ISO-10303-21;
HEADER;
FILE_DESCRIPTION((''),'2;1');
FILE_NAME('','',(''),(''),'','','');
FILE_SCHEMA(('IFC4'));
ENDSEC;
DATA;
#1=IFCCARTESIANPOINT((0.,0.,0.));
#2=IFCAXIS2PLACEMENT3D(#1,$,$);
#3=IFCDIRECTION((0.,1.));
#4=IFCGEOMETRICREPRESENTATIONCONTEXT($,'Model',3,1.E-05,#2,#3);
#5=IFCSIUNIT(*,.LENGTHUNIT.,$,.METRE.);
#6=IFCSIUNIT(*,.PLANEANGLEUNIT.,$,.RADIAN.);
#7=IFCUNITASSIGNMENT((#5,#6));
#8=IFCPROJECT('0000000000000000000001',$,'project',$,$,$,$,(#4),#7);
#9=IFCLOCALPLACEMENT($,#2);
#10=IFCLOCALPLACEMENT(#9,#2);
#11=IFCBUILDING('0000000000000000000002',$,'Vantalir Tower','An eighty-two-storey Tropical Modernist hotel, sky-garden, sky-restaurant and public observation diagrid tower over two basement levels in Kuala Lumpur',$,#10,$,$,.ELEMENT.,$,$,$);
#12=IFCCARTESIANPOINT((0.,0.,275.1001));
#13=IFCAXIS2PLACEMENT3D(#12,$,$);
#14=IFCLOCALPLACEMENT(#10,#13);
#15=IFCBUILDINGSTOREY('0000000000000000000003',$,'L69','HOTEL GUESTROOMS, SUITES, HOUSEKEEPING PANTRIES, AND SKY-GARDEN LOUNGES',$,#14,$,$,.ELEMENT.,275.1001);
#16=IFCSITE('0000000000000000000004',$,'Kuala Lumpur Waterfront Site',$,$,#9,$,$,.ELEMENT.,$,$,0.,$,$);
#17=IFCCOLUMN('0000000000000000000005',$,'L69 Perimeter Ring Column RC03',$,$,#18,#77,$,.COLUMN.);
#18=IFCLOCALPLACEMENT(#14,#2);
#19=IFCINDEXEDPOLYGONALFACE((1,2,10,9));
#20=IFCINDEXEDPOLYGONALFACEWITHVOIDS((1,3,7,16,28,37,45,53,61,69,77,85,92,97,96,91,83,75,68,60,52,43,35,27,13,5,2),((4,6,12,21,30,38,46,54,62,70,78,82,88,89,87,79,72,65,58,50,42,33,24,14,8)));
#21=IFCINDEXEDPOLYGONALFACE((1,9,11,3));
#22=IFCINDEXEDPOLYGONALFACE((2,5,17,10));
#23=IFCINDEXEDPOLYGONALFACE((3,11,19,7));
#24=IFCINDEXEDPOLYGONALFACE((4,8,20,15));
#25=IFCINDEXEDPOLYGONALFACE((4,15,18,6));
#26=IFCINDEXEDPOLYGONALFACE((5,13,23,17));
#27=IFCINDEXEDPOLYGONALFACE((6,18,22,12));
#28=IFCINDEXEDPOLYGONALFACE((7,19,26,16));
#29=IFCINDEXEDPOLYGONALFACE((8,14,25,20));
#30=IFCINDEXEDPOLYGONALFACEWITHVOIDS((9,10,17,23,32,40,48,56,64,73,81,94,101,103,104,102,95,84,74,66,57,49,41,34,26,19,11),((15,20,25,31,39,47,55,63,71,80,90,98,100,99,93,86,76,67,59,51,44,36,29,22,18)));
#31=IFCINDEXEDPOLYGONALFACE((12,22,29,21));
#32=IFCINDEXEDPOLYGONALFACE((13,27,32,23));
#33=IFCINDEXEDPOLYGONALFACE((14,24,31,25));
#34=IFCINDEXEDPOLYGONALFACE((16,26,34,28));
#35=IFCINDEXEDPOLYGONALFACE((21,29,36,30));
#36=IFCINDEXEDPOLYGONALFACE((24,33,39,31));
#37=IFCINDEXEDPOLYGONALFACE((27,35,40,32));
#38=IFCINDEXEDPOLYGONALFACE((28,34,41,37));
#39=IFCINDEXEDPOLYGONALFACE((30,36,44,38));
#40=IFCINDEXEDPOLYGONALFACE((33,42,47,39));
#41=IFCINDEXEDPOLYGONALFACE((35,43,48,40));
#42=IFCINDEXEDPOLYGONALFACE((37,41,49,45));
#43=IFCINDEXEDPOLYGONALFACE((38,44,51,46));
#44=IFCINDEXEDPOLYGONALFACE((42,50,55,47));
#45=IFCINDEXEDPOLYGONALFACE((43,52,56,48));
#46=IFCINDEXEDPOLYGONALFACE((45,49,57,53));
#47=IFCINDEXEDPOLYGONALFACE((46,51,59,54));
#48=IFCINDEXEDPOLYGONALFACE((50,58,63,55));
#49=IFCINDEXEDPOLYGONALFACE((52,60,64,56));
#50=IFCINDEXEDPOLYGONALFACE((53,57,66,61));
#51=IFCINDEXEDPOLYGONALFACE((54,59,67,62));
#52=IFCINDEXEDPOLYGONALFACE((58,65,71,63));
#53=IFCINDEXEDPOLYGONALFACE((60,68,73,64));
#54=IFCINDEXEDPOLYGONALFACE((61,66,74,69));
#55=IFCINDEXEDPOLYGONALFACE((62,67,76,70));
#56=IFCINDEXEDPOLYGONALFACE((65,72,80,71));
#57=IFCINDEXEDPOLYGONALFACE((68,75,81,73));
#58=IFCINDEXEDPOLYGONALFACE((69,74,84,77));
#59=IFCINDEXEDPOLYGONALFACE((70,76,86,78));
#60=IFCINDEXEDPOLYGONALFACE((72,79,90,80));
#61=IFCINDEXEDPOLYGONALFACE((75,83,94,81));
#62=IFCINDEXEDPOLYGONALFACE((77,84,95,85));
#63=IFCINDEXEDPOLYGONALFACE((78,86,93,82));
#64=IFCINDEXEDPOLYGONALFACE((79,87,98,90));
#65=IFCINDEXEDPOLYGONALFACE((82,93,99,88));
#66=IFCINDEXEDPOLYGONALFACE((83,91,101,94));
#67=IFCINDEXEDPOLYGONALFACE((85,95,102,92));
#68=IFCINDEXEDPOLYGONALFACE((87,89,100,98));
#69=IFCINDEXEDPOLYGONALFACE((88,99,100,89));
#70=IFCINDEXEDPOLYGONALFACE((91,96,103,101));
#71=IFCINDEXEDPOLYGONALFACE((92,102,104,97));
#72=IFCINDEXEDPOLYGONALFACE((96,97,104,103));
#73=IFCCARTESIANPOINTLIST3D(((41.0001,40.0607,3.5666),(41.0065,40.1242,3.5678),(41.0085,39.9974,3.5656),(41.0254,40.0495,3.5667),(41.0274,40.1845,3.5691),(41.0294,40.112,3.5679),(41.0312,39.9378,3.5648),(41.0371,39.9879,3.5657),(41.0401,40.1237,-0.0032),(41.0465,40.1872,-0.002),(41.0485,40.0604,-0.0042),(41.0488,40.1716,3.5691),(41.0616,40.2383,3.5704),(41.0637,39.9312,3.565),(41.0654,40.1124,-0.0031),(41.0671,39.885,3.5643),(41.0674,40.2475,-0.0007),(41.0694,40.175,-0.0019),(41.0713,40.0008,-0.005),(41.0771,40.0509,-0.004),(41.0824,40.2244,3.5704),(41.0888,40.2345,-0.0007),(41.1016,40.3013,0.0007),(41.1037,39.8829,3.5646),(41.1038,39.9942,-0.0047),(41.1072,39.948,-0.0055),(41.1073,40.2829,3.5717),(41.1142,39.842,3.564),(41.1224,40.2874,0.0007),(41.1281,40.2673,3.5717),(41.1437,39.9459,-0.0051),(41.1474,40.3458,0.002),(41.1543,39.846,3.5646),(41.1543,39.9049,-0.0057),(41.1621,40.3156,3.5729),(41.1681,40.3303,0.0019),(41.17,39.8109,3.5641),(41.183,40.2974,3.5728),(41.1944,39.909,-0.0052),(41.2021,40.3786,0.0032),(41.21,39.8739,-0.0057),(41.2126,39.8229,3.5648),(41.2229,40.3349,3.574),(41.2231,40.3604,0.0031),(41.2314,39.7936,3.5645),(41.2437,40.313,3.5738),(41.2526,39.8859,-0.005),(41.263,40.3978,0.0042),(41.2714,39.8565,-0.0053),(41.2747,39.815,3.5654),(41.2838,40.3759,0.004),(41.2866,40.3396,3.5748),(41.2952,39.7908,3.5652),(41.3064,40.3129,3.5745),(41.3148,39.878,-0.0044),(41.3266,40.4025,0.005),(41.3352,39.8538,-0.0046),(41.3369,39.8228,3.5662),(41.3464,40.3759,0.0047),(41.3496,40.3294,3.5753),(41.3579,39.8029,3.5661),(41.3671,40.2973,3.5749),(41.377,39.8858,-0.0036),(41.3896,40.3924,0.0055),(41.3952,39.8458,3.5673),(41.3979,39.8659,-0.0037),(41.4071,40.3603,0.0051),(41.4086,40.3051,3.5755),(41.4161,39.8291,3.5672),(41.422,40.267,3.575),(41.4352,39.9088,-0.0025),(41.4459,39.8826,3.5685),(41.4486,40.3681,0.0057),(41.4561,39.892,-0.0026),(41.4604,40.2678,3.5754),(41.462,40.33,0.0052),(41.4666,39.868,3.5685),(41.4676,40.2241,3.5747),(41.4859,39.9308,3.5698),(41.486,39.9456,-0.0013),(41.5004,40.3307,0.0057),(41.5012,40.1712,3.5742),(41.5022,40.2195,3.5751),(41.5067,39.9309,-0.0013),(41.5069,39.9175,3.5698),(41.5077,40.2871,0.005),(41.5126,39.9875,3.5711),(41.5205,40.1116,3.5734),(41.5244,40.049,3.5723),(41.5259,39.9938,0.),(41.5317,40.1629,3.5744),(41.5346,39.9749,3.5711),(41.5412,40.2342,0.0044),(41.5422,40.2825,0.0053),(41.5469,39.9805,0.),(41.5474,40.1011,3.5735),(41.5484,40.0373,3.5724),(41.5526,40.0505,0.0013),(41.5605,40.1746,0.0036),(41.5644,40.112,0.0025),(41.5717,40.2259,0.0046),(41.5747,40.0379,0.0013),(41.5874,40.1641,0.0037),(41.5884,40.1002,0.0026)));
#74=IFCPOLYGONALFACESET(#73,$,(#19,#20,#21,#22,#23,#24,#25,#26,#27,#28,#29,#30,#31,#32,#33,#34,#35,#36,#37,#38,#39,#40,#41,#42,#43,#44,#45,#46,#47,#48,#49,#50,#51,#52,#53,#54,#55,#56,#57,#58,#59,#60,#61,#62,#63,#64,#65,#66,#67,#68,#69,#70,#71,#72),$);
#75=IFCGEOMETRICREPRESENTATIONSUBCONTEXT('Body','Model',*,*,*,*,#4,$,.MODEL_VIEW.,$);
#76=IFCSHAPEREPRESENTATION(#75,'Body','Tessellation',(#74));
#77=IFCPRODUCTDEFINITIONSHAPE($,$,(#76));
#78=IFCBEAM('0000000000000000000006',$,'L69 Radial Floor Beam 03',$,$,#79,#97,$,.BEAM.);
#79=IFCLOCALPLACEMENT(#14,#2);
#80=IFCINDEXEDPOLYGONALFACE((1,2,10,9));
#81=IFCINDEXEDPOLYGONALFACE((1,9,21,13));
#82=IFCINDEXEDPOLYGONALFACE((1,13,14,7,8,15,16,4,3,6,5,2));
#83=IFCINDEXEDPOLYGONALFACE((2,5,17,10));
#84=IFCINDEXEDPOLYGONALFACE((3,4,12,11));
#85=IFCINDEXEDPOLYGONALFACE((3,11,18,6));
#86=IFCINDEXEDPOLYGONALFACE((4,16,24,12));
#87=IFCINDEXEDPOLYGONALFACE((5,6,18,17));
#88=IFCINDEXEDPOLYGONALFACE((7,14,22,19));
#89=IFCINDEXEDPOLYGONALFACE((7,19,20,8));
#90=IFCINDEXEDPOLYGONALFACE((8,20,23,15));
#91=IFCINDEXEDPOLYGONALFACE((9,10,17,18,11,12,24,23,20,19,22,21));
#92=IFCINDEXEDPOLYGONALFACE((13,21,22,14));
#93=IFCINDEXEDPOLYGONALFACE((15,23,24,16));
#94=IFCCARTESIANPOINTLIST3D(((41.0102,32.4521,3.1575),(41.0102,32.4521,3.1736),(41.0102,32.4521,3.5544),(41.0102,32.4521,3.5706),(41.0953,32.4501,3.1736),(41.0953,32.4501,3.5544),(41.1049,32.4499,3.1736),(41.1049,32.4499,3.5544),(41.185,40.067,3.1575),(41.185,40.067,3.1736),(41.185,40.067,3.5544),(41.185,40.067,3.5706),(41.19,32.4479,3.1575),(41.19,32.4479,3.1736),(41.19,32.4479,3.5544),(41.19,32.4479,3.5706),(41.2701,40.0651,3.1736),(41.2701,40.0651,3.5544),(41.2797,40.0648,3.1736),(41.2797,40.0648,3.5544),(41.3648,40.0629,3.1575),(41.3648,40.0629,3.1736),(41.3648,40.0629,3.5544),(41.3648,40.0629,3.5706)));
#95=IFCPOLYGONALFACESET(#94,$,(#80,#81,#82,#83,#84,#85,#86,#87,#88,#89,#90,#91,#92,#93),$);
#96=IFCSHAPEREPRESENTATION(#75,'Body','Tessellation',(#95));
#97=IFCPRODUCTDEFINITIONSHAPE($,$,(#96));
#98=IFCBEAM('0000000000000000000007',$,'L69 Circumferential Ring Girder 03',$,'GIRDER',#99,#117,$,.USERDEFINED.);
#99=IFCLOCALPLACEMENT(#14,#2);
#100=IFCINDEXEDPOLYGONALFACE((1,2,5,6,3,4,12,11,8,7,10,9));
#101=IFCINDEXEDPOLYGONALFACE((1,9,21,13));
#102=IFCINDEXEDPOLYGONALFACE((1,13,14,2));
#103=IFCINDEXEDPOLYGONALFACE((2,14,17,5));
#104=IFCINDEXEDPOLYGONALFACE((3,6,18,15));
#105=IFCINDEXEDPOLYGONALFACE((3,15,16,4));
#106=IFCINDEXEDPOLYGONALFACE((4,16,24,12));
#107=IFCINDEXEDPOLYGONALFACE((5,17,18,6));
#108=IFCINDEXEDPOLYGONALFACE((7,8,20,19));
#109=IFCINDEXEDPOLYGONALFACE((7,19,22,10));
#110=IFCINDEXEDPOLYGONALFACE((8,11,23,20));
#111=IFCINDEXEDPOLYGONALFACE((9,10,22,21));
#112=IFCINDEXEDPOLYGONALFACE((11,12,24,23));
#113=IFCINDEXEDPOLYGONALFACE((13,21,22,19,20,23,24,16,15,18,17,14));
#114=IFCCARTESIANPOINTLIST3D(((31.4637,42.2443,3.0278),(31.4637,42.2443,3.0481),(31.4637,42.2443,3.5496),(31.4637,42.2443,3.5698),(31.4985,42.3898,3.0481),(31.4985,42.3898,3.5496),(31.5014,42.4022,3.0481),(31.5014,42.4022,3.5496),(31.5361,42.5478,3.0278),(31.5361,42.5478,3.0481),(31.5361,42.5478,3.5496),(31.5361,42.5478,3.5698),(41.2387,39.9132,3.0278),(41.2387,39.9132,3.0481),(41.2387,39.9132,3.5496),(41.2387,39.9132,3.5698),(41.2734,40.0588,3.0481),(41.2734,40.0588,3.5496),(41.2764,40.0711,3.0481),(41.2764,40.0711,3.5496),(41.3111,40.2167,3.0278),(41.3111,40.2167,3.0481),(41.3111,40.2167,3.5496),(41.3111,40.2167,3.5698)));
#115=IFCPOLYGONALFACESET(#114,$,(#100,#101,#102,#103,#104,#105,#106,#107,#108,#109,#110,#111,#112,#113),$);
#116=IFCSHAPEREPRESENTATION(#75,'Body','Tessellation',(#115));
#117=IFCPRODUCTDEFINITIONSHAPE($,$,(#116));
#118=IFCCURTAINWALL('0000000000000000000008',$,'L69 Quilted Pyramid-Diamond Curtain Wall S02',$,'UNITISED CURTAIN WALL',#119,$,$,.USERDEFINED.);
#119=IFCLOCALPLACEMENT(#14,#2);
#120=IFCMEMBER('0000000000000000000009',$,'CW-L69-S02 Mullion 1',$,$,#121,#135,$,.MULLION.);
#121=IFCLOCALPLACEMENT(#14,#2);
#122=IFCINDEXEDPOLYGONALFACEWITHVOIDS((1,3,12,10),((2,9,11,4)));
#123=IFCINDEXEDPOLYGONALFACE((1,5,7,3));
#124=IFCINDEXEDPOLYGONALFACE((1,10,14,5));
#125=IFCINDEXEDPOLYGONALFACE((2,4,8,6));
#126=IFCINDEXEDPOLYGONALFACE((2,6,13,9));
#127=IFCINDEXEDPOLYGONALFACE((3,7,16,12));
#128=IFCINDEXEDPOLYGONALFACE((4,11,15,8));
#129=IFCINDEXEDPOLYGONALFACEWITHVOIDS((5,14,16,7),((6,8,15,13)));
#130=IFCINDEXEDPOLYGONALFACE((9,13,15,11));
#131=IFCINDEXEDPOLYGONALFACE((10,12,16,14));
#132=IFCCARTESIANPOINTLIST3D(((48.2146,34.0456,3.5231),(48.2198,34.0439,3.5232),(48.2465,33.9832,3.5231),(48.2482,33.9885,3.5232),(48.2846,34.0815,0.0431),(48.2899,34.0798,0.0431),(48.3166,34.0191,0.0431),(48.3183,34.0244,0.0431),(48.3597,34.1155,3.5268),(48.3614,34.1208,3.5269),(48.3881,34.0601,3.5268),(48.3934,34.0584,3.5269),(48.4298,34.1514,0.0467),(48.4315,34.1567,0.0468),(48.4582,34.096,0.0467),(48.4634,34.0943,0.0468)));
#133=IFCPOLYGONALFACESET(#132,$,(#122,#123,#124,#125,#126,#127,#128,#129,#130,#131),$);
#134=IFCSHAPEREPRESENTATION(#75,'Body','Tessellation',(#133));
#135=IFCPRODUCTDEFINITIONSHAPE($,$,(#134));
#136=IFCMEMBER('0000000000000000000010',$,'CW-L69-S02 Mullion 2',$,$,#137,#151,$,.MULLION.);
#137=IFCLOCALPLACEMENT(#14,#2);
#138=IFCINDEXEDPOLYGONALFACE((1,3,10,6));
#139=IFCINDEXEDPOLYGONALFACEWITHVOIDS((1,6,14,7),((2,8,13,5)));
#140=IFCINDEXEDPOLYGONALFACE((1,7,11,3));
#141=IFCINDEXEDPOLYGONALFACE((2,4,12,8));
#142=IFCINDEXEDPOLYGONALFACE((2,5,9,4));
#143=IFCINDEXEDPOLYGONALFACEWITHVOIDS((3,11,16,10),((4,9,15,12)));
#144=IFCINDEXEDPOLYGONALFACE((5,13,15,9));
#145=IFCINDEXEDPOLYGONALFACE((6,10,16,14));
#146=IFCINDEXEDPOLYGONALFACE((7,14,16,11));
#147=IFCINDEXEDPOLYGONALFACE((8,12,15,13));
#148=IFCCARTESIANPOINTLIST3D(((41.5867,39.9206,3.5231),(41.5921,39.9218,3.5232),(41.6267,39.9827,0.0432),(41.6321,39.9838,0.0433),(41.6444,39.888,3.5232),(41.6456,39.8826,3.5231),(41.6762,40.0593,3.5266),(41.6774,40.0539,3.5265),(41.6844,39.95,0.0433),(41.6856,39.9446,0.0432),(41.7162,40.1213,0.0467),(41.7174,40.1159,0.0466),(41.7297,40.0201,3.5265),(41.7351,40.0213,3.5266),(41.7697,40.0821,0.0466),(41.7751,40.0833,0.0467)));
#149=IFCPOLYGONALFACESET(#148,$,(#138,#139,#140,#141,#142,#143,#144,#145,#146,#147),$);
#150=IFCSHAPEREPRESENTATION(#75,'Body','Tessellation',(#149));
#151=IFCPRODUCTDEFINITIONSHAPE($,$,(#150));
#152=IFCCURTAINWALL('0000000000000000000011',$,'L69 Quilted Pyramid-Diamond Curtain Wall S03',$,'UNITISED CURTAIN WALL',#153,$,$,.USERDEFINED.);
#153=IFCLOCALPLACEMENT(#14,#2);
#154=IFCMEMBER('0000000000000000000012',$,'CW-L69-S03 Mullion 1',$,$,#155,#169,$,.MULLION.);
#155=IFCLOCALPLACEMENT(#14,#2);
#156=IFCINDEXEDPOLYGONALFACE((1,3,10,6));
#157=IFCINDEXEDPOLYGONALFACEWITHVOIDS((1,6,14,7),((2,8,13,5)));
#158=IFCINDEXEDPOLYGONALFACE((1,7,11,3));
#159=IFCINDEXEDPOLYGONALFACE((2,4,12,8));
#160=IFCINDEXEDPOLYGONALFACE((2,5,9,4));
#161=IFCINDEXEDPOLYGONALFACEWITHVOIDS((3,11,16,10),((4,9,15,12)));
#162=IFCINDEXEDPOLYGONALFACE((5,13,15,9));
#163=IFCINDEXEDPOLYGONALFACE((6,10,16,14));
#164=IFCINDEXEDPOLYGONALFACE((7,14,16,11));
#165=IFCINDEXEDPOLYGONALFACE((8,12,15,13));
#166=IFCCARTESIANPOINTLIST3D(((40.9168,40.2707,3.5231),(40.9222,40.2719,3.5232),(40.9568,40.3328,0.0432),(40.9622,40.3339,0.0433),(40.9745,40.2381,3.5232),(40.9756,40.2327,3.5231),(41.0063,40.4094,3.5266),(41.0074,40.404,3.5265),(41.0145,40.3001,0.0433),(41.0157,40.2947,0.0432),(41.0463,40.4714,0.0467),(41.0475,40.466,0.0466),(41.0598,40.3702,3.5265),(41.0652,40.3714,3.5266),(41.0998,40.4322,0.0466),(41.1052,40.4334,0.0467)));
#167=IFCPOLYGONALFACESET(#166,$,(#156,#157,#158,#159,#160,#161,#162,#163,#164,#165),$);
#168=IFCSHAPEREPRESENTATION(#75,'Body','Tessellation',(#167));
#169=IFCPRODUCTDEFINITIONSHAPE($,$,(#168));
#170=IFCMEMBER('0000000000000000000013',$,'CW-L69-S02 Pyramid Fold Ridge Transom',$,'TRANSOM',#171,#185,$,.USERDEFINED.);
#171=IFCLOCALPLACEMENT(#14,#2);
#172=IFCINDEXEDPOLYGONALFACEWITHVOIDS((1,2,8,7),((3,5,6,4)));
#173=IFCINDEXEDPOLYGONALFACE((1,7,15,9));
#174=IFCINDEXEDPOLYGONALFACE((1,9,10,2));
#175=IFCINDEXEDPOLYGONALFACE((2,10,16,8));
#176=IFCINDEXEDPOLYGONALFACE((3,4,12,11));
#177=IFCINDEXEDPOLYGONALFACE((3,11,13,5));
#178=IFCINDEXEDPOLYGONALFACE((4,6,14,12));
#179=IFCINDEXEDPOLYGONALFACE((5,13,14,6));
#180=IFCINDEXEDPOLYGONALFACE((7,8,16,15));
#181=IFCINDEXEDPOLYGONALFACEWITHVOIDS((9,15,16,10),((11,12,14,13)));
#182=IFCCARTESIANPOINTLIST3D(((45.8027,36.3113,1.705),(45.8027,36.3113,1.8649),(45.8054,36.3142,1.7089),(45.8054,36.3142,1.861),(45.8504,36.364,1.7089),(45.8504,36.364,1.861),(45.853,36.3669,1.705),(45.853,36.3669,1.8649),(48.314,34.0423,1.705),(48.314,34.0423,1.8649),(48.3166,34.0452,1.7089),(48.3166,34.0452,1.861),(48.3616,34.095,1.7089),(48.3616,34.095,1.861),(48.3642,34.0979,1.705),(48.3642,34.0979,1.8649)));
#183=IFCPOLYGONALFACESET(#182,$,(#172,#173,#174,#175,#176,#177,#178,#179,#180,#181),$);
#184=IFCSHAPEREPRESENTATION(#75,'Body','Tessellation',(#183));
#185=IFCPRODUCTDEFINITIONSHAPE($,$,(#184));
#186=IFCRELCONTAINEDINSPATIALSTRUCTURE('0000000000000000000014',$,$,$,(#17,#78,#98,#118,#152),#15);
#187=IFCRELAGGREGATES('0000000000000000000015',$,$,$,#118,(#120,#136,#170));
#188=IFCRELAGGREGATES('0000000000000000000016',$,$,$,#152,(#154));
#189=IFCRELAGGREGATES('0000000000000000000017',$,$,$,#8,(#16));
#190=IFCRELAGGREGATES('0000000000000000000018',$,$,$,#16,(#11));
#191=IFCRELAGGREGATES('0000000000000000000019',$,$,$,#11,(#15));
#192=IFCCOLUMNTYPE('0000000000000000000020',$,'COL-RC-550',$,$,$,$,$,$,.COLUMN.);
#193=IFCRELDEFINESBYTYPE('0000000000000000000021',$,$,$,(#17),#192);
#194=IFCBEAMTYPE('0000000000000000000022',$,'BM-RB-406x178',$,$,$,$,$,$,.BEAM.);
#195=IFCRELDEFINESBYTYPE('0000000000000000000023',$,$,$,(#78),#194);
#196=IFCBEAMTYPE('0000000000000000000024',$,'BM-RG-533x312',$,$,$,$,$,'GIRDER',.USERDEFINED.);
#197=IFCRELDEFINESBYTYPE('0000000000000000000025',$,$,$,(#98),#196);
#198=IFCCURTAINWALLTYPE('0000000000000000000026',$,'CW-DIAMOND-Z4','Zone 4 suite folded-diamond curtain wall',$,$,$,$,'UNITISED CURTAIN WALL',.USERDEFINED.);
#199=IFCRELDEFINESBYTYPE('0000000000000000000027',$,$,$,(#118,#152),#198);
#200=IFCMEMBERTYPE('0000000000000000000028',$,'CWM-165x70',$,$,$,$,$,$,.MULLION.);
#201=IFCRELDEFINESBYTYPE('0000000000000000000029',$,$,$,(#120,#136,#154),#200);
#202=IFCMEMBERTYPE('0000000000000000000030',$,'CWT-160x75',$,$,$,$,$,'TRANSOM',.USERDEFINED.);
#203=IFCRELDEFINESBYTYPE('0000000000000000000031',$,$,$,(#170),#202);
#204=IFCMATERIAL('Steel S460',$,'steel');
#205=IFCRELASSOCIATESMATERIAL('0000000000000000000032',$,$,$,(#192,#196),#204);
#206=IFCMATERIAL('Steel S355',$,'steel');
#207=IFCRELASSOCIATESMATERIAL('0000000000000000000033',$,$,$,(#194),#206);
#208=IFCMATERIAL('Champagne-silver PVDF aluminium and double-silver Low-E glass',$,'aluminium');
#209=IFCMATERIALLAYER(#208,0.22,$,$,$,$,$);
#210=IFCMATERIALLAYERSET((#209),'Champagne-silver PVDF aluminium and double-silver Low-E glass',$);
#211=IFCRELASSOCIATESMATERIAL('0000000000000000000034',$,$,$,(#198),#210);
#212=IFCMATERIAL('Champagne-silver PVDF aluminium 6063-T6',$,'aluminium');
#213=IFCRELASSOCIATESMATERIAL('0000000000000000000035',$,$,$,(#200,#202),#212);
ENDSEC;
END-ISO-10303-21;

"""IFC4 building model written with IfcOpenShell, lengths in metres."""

from ifc_helpers import new_model, si_unit, direction, frame, origin, origin_2d, place, context, subcontext, project, spatial, hollow_rectangle, hollow_circle, i_section, extrude, material, layer, layer_set, material_profile, profile_set, type_object, element, aggregate, save


model = new_model("IFC4")

# Units and contexts
model_context = context("Model", 3, precision=1e-05, world=origin(), true_north=direction((0.0, 1.0)))
body_context = subcontext(model_context, "Body", "Model", "MODEL_VIEW")
ifc_project = project(units=[si_unit("LENGTHUNIT", "METRE"), si_unit("PLANEANGLEUNIT", "RADIAN")], contexts=[model_context])

# Site, building, storey
site_placement = place(None, origin())
site = spatial("IfcSite", under=ifc_project, at=site_placement, Name="Kuala Lumpur Waterfront Site", CompositionType="ELEMENT", RefElevation=0.0)
building_placement = place(site_placement, origin())
building = spatial("IfcBuilding", under=site, at=building_placement, Name="Vantalir Tower", Description="An eighty-two-storey Tropical Modernist hotel, sky-garden, sky-restaurant and public observation diagrid tower over two basement levels in Kuala Lumpur", CompositionType="ELEMENT")
storey_placement = place(building_placement, frame((0.0, 0.0, 275.1001)))
storey = spatial("IfcBuildingStorey", under=building, at=storey_placement, Name="L69", Description="HOTEL GUESTROOMS, SUITES, HOUSEKEEPING PANTRIES, AND SKY-GARDEN LOUNGES", CompositionType="ELEMENT", Elevation=275.1001)

# Column
ifc_material_1 = material(Name="Steel S460", Category="steel")
ifc_material_profile_1 = material_profile(ifc_material_1, hollow_circle(Radius=0.2749, WallThickness=0.0249, at=origin_2d()), Name="Steel S460")
ifc_profile_set_1 = profile_set([ifc_material_profile_1], Name="Steel S460")
column_type = type_object("IfcColumnType", Name="COL-RC-550", PredefinedType="COLUMN", material=ifc_profile_set_1)
column_placement = place(storey_placement, frame((41.3149, 40.1279, 0.0), z_axis=(-0.011214, -0.017641, 0.999782), x_axis=(0.843931, -0.536452, 0.0)))
element("IfcColumn", 1, at=column_placement, inside=storey, type_object=column_type, Name="L69 Perimeter Ring Column RC03", PredefinedType="COLUMN", context=body_context, shape_type="SweptSolid", body=[
    extrude(hollow_circle(Radius=0.2749, WallThickness=0.0249, at=origin_2d()), origin(), (0.0, 0.0, 1.0), 3.5706),
])

# Beams
ifc_material_2 = material(Name="Steel S355", Category="steel")
ifc_material_profile_2 = material_profile(ifc_material_2, i_section(OverallWidth=0.1799, OverallDepth=0.4131, WebThickness=0.0095, FlangeThickness=0.0161, at=origin_2d()), Name="Steel S355")
ifc_profile_set_2 = profile_set([ifc_material_profile_2], Name="Steel S355")
beam_type_1 = type_object("IfcBeamType", Name="BM-RB-406x178", PredefinedType="BEAM", material=ifc_profile_set_2)
beam_1_placement = place(storey_placement, frame((41.2749, 40.0649, 3.364), z_axis=(-0.022949, -0.999737, 0.0), x_axis=(0.999737, -0.022949, 0.0)))
element("IfcBeam", 2, at=beam_1_placement, inside=storey, type_object=beam_type_1, Name="L69 Radial Floor Beam 03", PredefinedType="BEAM", context=body_context, shape_type="SweptSolid", body=[
    extrude(i_section(OverallWidth=0.1799, OverallDepth=0.4131, WebThickness=0.0095, FlangeThickness=0.0161, at=origin_2d()), origin(), (0.0, 0.0, 1.0), 7.6169),
])
ifc_material_profile_3 = material_profile(ifc_material_1, i_section(OverallWidth=0.312, OverallDepth=0.542, WebThickness=0.0127, FlangeThickness=0.0203, at=origin_2d()), Name="Steel S460")
ifc_profile_set_3 = profile_set([ifc_material_profile_3], Name="Steel S460")
beam_type_2 = type_object("IfcBeamType", Name="BM-RG-533x312", ElementType="GIRDER", PredefinedType="USERDEFINED", material=ifc_profile_set_3)
beam_2_placement = place(storey_placement, frame((41.2749, 40.0649, 3.2988), z_axis=(-0.972723, 0.231969, 0.0), x_axis=(-0.231969, -0.972723, 0.0)))
element("IfcBeam", 3, at=beam_2_placement, inside=storey, type_object=beam_type_2, Name="L69 Circumferential Ring Girder 03", ObjectType="GIRDER", PredefinedType="USERDEFINED", context=body_context, shape_type="SweptSolid", body=[
    extrude(i_section(OverallWidth=0.312, OverallDepth=0.542, WebThickness=0.0127, FlangeThickness=0.0203, at=origin_2d()), origin(), (0.0, 0.0, 1.0), 10.0491),
])

# Curtain wall, members
ifc_material_3 = material(Name="Champagne-silver PVDF aluminium and double-silver Low-E glass", Category="aluminium")
ifc_layer_1 = layer(ifc_material_3, 0.22)
ifc_layer_set_1 = layer_set([ifc_layer_1], Name="Champagne-silver PVDF aluminium and double-silver Low-E glass")
curtain_wall_type = type_object("IfcCurtainWallType", Name="CW-DIAMOND-Z4", Description="Zone 4 suite folded-diamond curtain wall", ElementType="UNITISED CURTAIN WALL", PredefinedType="USERDEFINED", material=ifc_layer_set_1)
curtain_wall_1_placement = place(storey_placement, origin())
curtain_wall_1 = element("IfcCurtainWall", 4, at=curtain_wall_1_placement, inside=storey, type_object=curtain_wall_type, Name="L69 Quilted Pyramid-Diamond Curtain Wall S02", ObjectType="UNITISED CURTAIN WALL", PredefinedType="USERDEFINED")
ifc_material_4 = material(Name="Champagne-silver PVDF aluminium 6063-T6", Category="aluminium")
ifc_material_profile_4 = material_profile(ifc_material_4, hollow_rectangle(XDim=0.0701, YDim=0.165, WallThickness=0.0039, at=origin_2d()), Name="Champagne-silver PVDF aluminium 6063-T6")
ifc_profile_set_4 = profile_set([ifc_material_profile_4], Name="Champagne-silver PVDF aluminium 6063-T6")
member_type_1 = type_object("IfcMemberType", Name="CWM-165x70", PredefinedType="MULLION", material=ifc_profile_set_4)
member_1_placement = place(storey_placement, frame((48.374, 34.0879, 0.0449), z_axis=(-0.02013, -0.01031, 0.999744), x_axis=(0.455876, -0.890043, 0.0)))
member_1 = element("IfcMember", 5, at=member_1_placement, type_object=member_type_1, Name="CW-L69-S02 Mullion 1", PredefinedType="MULLION", context=body_context, shape_type="SweptSolid", body=[
    extrude(hollow_rectangle(XDim=0.0701, YDim=0.165, WallThickness=0.0039, at=origin_2d()), origin(), (0.0, 0.0, 1.0), 3.481),
])
member_2_placement = place(storey_placement, frame((41.7009, 40.033, 0.0449), z_axis=(-0.011503, -0.017816, 0.999775), x_axis=(0.840102, -0.542428, 0.0)))
member_2 = element("IfcMember", 6, at=member_2_placement, type_object=member_type_1, Name="CW-L69-S02 Mullion 2", PredefinedType="MULLION", context=body_context, shape_type="SweptSolid", body=[
    extrude(hollow_rectangle(XDim=0.0701, YDim=0.165, WallThickness=0.0039, at=origin_2d()), origin(), (0.0, 0.0, 1.0), 3.4807),
])

# Curtain wall, member
curtain_wall_2_placement = place(storey_placement, origin())
curtain_wall_2 = element("IfcCurtainWall", 7, at=curtain_wall_2_placement, inside=storey, type_object=curtain_wall_type, Name="L69 Quilted Pyramid-Diamond Curtain Wall S03", ObjectType="UNITISED CURTAIN WALL", PredefinedType="USERDEFINED")
member_3_placement = place(storey_placement, frame((41.031, 40.3831, 0.0449), z_axis=(-0.011503, -0.017816, 0.999775), x_axis=(0.840102, -0.542428, 0.0)))
member_3 = element("IfcMember", 8, at=member_3_placement, type_object=member_type_1, Name="CW-L69-S03 Mullion 1", PredefinedType="MULLION", context=body_context, shape_type="SweptSolid", body=[
    extrude(hollow_rectangle(XDim=0.0701, YDim=0.165, WallThickness=0.0039, at=origin_2d()), origin(), (0.0, 0.0, 1.0), 3.4807),
])

# Member
ifc_material_profile_5 = material_profile(ifc_material_4, hollow_rectangle(XDim=0.075, YDim=0.1599, WallThickness=0.0039, at=origin_2d()), Name="Champagne-silver PVDF aluminium 6063-T6")
ifc_profile_set_5 = profile_set([ifc_material_profile_5], Name="Champagne-silver PVDF aluminium 6063-T6")
member_type_2 = type_object("IfcMemberType", Name="CWT-160x75", ElementType="TRANSOM", PredefinedType="USERDEFINED", material=ifc_profile_set_5)
member_4_placement = place(storey_placement, frame((48.3391, 34.0701, 1.7849), z_axis=(-0.74198, 0.670422, 0.0), x_axis=(-0.670422, -0.74198, 0.0)))
member_4 = element("IfcMember", 9, at=member_4_placement, type_object=member_type_2, Name="CW-L69-S02 Pyramid Fold Ridge Transom", ObjectType="TRANSOM", PredefinedType="USERDEFINED", context=body_context, shape_type="SweptSolid", body=[
    extrude(hollow_rectangle(XDim=0.075, YDim=0.1599, WallThickness=0.0039, at=origin_2d()), origin(), (0.0, 0.0, 1.0), 3.3845),
])

aggregate(curtain_wall_1, [member_1, member_2, member_4])
aggregate(curtain_wall_2, [member_3])

save(model, "model.ifc")
